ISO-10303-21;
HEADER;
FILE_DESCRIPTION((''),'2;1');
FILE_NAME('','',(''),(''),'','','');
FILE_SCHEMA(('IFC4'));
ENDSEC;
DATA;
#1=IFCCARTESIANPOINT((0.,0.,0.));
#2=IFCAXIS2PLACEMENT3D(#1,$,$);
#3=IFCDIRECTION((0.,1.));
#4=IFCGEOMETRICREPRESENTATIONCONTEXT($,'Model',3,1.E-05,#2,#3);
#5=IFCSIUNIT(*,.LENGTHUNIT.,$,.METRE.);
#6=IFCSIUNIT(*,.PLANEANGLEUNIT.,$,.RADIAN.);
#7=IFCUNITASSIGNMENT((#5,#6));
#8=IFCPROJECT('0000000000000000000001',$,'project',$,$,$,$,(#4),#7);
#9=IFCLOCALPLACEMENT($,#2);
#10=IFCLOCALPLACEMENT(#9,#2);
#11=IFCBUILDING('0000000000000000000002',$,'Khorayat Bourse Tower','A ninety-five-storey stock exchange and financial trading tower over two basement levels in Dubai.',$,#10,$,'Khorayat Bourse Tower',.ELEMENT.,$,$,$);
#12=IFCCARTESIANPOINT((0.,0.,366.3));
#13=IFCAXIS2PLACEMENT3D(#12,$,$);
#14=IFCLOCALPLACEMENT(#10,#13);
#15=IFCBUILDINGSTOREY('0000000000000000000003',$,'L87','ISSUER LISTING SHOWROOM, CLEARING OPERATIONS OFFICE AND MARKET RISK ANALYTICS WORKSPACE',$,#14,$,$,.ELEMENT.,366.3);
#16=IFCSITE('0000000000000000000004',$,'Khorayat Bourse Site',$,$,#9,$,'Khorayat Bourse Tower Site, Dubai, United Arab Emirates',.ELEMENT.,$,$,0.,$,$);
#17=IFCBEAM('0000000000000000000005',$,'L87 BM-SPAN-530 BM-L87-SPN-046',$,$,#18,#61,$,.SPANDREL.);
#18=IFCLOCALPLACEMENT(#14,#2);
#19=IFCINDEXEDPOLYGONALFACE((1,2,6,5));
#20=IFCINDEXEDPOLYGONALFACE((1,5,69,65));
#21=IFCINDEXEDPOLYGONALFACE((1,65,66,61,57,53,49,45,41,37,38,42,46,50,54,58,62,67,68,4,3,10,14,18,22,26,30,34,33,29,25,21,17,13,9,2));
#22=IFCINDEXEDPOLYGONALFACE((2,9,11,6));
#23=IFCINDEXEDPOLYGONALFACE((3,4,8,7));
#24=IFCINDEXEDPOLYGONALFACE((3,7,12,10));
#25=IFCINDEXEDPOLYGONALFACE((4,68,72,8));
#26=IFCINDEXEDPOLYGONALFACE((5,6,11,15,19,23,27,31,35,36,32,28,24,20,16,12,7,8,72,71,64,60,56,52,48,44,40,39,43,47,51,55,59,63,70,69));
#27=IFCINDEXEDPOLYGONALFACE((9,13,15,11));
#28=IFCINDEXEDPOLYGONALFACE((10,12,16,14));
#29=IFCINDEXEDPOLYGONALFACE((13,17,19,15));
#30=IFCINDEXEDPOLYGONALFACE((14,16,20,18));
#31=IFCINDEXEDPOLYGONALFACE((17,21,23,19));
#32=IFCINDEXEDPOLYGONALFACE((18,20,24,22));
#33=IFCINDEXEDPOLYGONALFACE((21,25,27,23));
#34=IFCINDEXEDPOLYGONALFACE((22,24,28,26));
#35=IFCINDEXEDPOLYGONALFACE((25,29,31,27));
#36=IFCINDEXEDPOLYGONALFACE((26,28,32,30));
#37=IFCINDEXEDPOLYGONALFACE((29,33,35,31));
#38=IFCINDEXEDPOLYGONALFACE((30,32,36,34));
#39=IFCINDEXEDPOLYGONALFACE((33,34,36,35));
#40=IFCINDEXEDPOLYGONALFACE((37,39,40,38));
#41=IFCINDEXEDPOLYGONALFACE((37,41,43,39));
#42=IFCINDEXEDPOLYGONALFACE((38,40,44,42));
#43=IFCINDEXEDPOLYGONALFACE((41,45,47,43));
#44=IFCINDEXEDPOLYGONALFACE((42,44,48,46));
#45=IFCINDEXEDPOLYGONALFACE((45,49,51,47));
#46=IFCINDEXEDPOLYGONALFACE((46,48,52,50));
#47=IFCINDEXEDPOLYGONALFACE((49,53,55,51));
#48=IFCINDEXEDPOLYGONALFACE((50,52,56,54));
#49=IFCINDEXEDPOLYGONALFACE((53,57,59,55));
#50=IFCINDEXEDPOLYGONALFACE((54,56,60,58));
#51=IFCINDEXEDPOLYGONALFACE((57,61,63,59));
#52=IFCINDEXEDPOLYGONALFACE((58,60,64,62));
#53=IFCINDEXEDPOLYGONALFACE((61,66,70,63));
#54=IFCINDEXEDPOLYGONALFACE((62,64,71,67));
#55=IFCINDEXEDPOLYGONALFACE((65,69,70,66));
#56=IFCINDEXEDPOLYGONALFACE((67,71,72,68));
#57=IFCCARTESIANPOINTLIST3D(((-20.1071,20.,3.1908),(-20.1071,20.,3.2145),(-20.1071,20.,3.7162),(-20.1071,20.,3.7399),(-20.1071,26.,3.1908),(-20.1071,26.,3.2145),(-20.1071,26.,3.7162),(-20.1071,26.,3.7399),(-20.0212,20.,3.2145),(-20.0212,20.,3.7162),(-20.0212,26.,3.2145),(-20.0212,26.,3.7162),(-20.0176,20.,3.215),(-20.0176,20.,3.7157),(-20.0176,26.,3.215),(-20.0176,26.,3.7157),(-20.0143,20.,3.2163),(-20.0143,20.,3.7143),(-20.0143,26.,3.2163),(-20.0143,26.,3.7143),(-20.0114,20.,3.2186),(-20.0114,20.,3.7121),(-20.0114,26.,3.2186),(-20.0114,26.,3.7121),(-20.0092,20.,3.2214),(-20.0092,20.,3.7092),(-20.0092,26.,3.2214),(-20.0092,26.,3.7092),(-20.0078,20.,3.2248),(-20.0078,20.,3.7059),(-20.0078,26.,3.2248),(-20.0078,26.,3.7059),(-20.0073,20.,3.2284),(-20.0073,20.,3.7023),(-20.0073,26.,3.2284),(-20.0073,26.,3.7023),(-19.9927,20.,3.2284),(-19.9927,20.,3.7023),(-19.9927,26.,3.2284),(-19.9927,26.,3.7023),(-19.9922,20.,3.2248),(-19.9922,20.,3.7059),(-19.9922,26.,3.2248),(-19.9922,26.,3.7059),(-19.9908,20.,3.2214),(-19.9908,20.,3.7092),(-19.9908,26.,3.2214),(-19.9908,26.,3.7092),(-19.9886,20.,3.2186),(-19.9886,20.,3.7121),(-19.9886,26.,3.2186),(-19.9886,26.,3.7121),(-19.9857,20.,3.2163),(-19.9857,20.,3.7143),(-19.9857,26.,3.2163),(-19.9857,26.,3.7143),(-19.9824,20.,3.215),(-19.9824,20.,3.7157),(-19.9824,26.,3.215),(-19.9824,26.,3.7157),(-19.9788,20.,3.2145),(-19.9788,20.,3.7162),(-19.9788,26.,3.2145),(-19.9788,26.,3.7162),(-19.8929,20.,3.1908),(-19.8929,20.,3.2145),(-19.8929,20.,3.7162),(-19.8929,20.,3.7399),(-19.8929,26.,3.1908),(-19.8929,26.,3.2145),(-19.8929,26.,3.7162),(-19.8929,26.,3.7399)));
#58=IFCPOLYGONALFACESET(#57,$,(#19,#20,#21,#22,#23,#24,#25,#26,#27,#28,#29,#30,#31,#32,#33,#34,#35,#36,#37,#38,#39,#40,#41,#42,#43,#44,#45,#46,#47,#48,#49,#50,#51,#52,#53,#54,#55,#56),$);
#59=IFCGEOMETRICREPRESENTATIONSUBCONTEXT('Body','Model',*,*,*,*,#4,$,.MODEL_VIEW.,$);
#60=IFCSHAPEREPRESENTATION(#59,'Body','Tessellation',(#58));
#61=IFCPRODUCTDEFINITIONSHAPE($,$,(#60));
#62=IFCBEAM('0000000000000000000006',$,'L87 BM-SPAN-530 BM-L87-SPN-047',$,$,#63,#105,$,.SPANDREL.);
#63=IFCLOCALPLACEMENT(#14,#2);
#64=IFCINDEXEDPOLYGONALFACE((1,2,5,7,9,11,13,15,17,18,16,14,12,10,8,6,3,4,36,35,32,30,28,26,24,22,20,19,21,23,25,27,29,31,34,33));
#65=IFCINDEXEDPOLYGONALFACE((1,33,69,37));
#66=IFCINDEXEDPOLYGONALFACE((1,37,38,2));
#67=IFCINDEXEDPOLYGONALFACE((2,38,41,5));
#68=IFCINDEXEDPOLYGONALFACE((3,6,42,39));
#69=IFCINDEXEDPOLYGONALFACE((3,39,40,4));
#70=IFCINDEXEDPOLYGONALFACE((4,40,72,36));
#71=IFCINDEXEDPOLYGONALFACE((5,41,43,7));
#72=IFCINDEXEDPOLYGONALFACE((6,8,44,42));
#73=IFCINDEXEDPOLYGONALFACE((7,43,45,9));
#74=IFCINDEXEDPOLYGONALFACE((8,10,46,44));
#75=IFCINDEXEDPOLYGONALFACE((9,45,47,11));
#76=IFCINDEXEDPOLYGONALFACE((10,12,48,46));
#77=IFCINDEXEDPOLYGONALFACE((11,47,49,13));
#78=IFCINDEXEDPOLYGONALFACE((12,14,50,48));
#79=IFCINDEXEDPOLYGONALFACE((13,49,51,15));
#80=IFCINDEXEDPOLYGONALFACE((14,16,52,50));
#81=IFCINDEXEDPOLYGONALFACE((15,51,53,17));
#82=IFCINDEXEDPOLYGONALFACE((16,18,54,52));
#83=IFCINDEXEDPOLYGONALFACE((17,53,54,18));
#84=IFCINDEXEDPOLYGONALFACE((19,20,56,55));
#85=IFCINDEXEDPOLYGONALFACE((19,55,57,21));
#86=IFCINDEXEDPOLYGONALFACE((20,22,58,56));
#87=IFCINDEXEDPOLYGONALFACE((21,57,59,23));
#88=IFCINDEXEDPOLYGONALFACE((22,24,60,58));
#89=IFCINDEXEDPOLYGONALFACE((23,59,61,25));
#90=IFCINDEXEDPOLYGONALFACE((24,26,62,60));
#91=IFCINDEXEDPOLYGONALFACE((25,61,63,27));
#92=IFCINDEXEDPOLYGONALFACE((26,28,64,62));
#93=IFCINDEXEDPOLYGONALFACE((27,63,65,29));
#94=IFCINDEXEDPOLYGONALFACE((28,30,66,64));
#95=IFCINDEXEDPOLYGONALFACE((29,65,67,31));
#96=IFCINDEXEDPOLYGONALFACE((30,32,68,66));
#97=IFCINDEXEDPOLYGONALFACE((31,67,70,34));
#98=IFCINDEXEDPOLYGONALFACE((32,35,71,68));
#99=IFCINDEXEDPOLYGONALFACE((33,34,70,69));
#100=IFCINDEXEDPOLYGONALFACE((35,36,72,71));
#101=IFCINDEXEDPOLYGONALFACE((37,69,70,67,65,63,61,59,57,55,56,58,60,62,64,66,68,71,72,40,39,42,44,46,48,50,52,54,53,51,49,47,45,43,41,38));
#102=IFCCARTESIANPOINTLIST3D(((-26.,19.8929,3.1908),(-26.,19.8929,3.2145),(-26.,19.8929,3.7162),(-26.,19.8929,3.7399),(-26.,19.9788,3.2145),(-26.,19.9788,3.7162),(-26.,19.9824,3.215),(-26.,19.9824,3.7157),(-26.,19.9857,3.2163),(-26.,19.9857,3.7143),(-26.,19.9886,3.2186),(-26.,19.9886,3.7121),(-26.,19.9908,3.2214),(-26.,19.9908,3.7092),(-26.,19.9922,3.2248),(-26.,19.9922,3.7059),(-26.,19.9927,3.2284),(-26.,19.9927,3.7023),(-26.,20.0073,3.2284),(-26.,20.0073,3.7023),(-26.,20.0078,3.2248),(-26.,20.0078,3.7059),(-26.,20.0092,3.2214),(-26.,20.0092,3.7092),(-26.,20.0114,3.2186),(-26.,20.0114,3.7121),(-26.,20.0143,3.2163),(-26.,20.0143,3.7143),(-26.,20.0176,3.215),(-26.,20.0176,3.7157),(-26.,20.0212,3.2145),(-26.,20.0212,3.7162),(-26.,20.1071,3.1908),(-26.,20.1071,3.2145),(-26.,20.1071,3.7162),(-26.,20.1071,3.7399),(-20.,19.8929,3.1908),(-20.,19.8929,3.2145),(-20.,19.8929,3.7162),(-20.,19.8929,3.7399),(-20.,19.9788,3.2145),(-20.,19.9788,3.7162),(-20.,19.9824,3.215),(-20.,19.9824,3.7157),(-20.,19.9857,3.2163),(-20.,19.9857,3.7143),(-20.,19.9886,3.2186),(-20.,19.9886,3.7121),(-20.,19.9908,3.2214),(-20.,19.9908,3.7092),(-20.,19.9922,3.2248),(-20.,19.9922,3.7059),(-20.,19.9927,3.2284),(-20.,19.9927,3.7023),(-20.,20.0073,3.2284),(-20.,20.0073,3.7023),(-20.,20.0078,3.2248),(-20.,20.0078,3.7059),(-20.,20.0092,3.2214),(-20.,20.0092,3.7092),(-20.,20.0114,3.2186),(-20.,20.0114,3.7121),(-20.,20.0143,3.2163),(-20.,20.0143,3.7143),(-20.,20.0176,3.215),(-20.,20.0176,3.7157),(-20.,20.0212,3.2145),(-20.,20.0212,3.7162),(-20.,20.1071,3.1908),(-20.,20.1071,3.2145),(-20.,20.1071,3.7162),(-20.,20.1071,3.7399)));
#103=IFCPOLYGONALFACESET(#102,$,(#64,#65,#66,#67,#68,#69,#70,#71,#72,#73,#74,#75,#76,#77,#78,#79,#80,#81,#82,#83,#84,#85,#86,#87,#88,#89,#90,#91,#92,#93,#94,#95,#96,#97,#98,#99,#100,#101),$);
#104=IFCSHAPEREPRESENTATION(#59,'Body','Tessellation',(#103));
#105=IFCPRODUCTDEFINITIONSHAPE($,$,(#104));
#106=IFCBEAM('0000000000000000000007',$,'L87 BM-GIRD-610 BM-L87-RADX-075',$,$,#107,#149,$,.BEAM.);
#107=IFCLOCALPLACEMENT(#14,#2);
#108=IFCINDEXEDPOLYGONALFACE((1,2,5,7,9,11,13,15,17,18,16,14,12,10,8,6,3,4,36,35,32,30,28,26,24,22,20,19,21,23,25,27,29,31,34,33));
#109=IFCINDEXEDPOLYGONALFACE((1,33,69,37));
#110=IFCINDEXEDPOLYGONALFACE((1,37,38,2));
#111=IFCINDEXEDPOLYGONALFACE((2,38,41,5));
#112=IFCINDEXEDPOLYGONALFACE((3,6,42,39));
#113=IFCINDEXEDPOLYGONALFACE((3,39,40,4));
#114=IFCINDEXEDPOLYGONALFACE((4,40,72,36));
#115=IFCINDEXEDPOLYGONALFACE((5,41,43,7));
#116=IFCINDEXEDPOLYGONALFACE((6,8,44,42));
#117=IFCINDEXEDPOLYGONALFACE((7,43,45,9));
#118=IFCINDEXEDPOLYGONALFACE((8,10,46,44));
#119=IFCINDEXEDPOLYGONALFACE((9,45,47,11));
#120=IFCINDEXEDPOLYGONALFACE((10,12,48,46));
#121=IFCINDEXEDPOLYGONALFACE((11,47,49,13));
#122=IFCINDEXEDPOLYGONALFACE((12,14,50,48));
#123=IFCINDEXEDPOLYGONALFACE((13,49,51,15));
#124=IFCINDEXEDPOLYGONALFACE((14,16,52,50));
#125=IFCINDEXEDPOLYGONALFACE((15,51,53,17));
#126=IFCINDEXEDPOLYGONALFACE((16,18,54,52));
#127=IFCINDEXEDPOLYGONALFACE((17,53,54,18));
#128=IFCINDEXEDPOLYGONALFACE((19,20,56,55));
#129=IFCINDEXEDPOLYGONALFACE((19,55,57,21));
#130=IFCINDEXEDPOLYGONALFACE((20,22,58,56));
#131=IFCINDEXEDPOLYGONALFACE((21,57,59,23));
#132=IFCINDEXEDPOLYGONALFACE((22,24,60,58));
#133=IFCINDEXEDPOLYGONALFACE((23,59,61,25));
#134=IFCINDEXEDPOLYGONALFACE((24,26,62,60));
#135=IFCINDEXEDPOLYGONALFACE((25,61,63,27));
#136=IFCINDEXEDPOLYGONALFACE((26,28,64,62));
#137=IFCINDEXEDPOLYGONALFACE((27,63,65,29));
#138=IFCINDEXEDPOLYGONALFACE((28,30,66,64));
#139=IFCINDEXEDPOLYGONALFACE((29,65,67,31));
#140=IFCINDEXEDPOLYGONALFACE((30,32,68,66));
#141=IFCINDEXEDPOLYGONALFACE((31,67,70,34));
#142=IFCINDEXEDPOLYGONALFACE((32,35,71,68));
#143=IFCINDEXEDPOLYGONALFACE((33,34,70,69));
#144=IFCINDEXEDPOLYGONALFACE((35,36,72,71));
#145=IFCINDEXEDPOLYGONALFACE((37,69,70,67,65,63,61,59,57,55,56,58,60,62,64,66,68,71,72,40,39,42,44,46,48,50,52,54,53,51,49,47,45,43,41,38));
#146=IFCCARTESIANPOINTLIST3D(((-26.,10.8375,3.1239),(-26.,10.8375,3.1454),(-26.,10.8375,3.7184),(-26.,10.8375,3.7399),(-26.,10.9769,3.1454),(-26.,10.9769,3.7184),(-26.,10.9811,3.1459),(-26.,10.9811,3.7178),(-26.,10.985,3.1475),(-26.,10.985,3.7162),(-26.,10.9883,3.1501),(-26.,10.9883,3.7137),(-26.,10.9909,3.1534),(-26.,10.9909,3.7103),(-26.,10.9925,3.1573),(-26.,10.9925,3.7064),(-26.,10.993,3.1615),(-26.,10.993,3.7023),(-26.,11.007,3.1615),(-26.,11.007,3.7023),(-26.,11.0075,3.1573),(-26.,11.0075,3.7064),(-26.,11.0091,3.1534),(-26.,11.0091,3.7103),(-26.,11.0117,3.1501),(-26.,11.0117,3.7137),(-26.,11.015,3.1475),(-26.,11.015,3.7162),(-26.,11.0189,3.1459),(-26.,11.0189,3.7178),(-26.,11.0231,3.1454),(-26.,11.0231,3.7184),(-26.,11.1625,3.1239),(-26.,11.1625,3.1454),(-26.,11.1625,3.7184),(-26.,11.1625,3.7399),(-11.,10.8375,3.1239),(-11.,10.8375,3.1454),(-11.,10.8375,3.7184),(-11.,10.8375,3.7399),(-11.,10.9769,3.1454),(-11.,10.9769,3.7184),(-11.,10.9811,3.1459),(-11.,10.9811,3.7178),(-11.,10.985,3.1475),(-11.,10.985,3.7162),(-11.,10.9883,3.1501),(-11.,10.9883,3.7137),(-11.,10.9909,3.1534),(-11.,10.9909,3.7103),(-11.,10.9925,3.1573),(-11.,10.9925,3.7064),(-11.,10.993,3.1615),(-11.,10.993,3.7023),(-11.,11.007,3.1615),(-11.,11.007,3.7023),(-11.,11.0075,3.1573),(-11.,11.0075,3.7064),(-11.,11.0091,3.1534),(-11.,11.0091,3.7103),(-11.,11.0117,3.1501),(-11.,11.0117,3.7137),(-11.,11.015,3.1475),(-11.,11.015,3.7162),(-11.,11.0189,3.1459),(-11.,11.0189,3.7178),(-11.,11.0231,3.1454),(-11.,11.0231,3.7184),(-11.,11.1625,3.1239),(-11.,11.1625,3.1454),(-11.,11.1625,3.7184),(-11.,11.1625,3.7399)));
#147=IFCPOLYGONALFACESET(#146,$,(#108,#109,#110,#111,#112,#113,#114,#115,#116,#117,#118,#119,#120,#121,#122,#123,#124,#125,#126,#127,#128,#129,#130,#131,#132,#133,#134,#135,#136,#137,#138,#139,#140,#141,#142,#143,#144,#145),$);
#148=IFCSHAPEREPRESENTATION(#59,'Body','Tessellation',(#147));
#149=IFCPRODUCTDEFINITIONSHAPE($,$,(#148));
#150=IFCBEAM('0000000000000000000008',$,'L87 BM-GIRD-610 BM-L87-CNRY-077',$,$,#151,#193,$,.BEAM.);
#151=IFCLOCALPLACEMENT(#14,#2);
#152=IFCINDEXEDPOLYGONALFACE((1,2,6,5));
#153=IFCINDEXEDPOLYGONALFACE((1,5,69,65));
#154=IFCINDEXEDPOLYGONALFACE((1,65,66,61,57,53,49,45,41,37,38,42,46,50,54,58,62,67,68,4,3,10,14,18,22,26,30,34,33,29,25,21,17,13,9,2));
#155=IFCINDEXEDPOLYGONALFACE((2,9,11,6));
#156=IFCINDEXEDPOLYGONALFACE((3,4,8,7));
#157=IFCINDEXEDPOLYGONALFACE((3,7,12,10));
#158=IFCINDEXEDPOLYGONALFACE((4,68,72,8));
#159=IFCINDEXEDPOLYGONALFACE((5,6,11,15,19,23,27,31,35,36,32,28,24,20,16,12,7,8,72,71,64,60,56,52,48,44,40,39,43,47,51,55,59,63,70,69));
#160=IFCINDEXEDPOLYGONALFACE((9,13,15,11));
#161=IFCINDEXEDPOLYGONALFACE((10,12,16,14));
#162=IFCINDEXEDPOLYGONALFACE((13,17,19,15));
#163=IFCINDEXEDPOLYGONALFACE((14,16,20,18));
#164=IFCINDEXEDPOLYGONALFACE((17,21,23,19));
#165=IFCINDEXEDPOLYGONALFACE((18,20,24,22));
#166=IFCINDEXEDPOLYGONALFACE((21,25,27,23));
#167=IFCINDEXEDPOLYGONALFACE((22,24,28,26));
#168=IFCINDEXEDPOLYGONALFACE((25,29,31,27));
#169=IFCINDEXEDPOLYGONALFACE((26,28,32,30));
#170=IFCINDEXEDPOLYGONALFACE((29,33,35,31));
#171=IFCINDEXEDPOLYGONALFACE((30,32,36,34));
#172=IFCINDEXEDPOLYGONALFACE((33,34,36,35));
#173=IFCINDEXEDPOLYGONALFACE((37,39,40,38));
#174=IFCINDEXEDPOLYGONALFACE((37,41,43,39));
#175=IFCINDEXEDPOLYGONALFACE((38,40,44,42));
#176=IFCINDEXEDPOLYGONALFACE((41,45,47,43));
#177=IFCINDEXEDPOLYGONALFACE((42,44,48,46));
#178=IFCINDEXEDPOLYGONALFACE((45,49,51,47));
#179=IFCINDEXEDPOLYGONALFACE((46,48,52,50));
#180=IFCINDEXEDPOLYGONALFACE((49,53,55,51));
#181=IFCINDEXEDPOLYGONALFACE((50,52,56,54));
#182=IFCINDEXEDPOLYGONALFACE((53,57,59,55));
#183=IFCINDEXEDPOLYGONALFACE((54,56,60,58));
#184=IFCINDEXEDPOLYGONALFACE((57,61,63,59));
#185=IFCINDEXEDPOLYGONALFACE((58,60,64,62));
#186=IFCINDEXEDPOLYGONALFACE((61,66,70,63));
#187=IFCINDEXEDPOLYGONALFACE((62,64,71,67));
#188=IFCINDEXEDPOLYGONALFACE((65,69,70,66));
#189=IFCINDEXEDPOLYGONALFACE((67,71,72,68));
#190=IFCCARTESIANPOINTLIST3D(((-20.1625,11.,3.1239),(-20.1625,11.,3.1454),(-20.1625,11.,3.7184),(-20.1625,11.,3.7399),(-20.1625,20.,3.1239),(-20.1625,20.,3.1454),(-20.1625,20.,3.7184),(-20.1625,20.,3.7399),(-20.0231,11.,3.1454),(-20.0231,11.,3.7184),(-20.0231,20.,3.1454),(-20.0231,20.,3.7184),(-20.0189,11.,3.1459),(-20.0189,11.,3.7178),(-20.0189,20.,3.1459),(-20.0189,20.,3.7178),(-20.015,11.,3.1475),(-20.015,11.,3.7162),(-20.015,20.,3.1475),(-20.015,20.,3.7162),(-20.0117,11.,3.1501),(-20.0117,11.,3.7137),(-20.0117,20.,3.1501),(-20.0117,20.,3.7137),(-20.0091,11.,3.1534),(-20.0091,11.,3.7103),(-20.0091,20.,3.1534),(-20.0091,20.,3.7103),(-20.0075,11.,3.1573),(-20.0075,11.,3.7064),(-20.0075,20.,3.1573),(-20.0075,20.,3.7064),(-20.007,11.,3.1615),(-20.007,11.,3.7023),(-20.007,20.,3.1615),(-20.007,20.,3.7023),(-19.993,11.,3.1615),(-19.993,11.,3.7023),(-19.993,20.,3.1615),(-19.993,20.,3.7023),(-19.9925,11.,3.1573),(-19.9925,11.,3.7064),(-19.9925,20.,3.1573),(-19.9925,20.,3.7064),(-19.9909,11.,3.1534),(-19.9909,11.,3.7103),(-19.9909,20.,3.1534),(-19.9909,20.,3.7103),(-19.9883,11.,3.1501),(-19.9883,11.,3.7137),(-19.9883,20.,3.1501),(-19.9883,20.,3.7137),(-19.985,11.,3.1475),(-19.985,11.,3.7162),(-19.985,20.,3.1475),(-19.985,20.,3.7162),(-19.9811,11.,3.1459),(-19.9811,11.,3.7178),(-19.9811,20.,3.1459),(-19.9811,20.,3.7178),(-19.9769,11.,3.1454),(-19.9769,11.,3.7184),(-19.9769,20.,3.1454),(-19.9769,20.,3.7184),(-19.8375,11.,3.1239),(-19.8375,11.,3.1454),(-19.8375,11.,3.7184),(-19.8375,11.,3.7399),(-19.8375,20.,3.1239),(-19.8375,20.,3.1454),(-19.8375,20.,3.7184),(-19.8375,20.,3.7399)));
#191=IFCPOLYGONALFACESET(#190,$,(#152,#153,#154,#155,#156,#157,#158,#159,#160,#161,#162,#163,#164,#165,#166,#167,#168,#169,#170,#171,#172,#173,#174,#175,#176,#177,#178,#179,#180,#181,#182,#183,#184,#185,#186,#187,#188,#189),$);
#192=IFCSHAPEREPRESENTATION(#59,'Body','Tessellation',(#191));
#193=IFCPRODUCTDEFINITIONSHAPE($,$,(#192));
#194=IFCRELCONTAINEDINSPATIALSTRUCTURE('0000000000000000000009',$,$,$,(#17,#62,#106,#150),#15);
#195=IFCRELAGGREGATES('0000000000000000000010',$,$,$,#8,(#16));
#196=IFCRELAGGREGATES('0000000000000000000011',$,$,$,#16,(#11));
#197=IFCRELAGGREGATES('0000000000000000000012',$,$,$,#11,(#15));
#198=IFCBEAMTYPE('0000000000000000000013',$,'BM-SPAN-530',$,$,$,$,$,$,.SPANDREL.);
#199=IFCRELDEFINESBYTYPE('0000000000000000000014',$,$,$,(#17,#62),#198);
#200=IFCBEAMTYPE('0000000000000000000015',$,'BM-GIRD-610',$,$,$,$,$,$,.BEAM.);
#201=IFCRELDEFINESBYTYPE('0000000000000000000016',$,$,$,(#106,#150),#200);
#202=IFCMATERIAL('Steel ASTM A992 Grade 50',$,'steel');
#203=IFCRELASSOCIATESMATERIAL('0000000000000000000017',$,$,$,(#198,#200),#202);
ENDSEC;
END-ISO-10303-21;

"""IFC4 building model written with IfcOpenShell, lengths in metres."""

from ifc_helpers import new_model, si_unit, direction, frame, origin, origin_2d, place, context, subcontext, project, spatial, i_section, extrude, source, transform, mapped, material, material_profile, profile_set, type_object, element, save


model = new_model("IFC4")

# Units and contexts
model_context = context("Model", 3, precision=1e-05, world=origin(), true_north=direction((0.0, 1.0)))
body_context = subcontext(model_context, "Body", "Model", "MODEL_VIEW")
ifc_project = project(units=[si_unit("LENGTHUNIT", "METRE"), si_unit("PLANEANGLEUNIT", "RADIAN")], contexts=[model_context])

# Site, building, storey
site_placement = place(None, origin())
site = spatial("IfcSite", under=ifc_project, at=site_placement, Name="Khorayat Bourse Site", LongName="Khorayat Bourse Tower Site, Dubai, United Arab Emirates", CompositionType="ELEMENT", RefElevation=0.0)
building_placement = place(site_placement, origin())
building = spatial("IfcBuilding", under=site, at=building_placement, Name="Khorayat Bourse Tower", Description="A ninety-five-storey stock exchange and financial trading tower over two basement levels in Dubai.", LongName="Khorayat Bourse Tower", CompositionType="ELEMENT")
storey_placement = place(building_placement, frame((0.0, 0.0, 366.3)))
storey = spatial("IfcBuildingStorey", under=building, at=storey_placement, Name="L87", Description="ISSUER LISTING SHOWROOM, CLEARING OPERATIONS OFFICE AND MARKET RISK ANALYTICS WORKSPACE", CompositionType="ELEMENT", Elevation=366.3)

# Beams
ifc_material_1 = material(Name="Steel ASTM A992 Grade 50", Category="steel")
ifc_material_profile_1 = material_profile(ifc_material_1, i_section(OverallWidth=0.2141, OverallDepth=0.5491, WebThickness=0.0146, FlangeThickness=0.0237, FilletRadius=0.0139, at=origin_2d()), Name="W530X138")
ifc_profile_set_1 = profile_set([ifc_material_profile_1], Name="Steel ASTM A992 Grade 50")
beam_type_1 = type_object("IfcBeamType", Name="BM-SPAN-530", PredefinedType="SPANDREL", material=ifc_profile_set_1)
shared_shape_1 = source(origin(), body_context, "Body", "SweptSolid", [
    extrude(i_section(OverallWidth=0.2141, OverallDepth=0.5491, WebThickness=0.0146, FlangeThickness=0.0237, FilletRadius=0.0139, at=origin_2d()), origin(), (0.0, 0.0, 1.0), 6.0),
])
for number, where, z_axis, x_axis, name in (
    (1, (-20.0, 20.0, 3.4653), (0.0, 1.0, 0.0), (-1.0, 0.0, 0.0), "L87 BM-SPAN-530 BM-L87-SPN-046"),
    (2, (-26.0, 20.0, 3.4653), (1.0, 0.0, 0.0), (0.0, 1.0, 0.0), "L87 BM-SPAN-530 BM-L87-SPN-047"),
):
    element("IfcBeam", number, at=place(storey_placement, frame(where, z_axis=z_axis, x_axis=x_axis)), inside=storey, type_object=beam_type_1, Name=name, PredefinedType="SPANDREL", context=body_context, shape_type="MappedRepresentation", body=[
        mapped(shared_shape_1, transform((0.0, 0.0, 0.0), scale=1.0)),
    ])
ifc_material_profile_2 = material_profile(ifc_material_1, i_section(OverallWidth=0.325, OverallDepth=0.616, WebThickness=0.0139, FlangeThickness=0.0215, FilletRadius=0.0161, at=origin_2d()), Name="W610X174")
ifc_profile_set_2 = profile_set([ifc_material_profile_2], Name="Steel ASTM A992 Grade 50")
beam_type_2 = type_object("IfcBeamType", Name="BM-GIRD-610", PredefinedType="BEAM", material=ifc_profile_set_2)
shared_shape_2 = source(origin(), body_context, "Body", "SweptSolid", [
    extrude(i_section(OverallWidth=0.325, OverallDepth=0.616, WebThickness=0.0139, FlangeThickness=0.0215, FilletRadius=0.0161, at=origin_2d()), origin(), (0.0, 0.0, 1.0), 15.0),
])
beam_1_placement = place(storey_placement, frame((-26.0, 11.0, 3.4319), z_axis=(1.0, 0.0, 0.0), x_axis=(0.0, 1.0, 0.0)))
element("IfcBeam", 3, at=beam_1_placement, inside=storey, type_object=beam_type_2, Name="L87 BM-GIRD-610 BM-L87-RADX-075", PredefinedType="BEAM", context=body_context, shape_type="MappedRepresentation", body=[
    mapped(shared_shape_2, transform((0.0, 0.0, 0.0), scale=1.0)),
])
shared_shape_3 = source(origin(), body_context, "Body", "SweptSolid", [
    extrude(i_section(OverallWidth=0.325, OverallDepth=0.616, WebThickness=0.0139, FlangeThickness=0.0215, FilletRadius=0.0161, at=origin_2d()), origin(), (0.0, 0.0, 1.0), 9.0),
])
beam_2_placement = place(storey_placement, frame((-20.0, 11.0, 3.4319), z_axis=(0.0, 1.0, 0.0), x_axis=(-1.0, 0.0, 0.0)))
element("IfcBeam", 4, at=beam_2_placement, inside=storey, type_object=beam_type_2, Name="L87 BM-GIRD-610 BM-L87-CNRY-077", PredefinedType="BEAM", context=body_context, shape_type="MappedRepresentation", body=[
    mapped(shared_shape_3, transform((0.0, 0.0, 0.0), scale=1.0)),
])

save(model, "model.ifc")
